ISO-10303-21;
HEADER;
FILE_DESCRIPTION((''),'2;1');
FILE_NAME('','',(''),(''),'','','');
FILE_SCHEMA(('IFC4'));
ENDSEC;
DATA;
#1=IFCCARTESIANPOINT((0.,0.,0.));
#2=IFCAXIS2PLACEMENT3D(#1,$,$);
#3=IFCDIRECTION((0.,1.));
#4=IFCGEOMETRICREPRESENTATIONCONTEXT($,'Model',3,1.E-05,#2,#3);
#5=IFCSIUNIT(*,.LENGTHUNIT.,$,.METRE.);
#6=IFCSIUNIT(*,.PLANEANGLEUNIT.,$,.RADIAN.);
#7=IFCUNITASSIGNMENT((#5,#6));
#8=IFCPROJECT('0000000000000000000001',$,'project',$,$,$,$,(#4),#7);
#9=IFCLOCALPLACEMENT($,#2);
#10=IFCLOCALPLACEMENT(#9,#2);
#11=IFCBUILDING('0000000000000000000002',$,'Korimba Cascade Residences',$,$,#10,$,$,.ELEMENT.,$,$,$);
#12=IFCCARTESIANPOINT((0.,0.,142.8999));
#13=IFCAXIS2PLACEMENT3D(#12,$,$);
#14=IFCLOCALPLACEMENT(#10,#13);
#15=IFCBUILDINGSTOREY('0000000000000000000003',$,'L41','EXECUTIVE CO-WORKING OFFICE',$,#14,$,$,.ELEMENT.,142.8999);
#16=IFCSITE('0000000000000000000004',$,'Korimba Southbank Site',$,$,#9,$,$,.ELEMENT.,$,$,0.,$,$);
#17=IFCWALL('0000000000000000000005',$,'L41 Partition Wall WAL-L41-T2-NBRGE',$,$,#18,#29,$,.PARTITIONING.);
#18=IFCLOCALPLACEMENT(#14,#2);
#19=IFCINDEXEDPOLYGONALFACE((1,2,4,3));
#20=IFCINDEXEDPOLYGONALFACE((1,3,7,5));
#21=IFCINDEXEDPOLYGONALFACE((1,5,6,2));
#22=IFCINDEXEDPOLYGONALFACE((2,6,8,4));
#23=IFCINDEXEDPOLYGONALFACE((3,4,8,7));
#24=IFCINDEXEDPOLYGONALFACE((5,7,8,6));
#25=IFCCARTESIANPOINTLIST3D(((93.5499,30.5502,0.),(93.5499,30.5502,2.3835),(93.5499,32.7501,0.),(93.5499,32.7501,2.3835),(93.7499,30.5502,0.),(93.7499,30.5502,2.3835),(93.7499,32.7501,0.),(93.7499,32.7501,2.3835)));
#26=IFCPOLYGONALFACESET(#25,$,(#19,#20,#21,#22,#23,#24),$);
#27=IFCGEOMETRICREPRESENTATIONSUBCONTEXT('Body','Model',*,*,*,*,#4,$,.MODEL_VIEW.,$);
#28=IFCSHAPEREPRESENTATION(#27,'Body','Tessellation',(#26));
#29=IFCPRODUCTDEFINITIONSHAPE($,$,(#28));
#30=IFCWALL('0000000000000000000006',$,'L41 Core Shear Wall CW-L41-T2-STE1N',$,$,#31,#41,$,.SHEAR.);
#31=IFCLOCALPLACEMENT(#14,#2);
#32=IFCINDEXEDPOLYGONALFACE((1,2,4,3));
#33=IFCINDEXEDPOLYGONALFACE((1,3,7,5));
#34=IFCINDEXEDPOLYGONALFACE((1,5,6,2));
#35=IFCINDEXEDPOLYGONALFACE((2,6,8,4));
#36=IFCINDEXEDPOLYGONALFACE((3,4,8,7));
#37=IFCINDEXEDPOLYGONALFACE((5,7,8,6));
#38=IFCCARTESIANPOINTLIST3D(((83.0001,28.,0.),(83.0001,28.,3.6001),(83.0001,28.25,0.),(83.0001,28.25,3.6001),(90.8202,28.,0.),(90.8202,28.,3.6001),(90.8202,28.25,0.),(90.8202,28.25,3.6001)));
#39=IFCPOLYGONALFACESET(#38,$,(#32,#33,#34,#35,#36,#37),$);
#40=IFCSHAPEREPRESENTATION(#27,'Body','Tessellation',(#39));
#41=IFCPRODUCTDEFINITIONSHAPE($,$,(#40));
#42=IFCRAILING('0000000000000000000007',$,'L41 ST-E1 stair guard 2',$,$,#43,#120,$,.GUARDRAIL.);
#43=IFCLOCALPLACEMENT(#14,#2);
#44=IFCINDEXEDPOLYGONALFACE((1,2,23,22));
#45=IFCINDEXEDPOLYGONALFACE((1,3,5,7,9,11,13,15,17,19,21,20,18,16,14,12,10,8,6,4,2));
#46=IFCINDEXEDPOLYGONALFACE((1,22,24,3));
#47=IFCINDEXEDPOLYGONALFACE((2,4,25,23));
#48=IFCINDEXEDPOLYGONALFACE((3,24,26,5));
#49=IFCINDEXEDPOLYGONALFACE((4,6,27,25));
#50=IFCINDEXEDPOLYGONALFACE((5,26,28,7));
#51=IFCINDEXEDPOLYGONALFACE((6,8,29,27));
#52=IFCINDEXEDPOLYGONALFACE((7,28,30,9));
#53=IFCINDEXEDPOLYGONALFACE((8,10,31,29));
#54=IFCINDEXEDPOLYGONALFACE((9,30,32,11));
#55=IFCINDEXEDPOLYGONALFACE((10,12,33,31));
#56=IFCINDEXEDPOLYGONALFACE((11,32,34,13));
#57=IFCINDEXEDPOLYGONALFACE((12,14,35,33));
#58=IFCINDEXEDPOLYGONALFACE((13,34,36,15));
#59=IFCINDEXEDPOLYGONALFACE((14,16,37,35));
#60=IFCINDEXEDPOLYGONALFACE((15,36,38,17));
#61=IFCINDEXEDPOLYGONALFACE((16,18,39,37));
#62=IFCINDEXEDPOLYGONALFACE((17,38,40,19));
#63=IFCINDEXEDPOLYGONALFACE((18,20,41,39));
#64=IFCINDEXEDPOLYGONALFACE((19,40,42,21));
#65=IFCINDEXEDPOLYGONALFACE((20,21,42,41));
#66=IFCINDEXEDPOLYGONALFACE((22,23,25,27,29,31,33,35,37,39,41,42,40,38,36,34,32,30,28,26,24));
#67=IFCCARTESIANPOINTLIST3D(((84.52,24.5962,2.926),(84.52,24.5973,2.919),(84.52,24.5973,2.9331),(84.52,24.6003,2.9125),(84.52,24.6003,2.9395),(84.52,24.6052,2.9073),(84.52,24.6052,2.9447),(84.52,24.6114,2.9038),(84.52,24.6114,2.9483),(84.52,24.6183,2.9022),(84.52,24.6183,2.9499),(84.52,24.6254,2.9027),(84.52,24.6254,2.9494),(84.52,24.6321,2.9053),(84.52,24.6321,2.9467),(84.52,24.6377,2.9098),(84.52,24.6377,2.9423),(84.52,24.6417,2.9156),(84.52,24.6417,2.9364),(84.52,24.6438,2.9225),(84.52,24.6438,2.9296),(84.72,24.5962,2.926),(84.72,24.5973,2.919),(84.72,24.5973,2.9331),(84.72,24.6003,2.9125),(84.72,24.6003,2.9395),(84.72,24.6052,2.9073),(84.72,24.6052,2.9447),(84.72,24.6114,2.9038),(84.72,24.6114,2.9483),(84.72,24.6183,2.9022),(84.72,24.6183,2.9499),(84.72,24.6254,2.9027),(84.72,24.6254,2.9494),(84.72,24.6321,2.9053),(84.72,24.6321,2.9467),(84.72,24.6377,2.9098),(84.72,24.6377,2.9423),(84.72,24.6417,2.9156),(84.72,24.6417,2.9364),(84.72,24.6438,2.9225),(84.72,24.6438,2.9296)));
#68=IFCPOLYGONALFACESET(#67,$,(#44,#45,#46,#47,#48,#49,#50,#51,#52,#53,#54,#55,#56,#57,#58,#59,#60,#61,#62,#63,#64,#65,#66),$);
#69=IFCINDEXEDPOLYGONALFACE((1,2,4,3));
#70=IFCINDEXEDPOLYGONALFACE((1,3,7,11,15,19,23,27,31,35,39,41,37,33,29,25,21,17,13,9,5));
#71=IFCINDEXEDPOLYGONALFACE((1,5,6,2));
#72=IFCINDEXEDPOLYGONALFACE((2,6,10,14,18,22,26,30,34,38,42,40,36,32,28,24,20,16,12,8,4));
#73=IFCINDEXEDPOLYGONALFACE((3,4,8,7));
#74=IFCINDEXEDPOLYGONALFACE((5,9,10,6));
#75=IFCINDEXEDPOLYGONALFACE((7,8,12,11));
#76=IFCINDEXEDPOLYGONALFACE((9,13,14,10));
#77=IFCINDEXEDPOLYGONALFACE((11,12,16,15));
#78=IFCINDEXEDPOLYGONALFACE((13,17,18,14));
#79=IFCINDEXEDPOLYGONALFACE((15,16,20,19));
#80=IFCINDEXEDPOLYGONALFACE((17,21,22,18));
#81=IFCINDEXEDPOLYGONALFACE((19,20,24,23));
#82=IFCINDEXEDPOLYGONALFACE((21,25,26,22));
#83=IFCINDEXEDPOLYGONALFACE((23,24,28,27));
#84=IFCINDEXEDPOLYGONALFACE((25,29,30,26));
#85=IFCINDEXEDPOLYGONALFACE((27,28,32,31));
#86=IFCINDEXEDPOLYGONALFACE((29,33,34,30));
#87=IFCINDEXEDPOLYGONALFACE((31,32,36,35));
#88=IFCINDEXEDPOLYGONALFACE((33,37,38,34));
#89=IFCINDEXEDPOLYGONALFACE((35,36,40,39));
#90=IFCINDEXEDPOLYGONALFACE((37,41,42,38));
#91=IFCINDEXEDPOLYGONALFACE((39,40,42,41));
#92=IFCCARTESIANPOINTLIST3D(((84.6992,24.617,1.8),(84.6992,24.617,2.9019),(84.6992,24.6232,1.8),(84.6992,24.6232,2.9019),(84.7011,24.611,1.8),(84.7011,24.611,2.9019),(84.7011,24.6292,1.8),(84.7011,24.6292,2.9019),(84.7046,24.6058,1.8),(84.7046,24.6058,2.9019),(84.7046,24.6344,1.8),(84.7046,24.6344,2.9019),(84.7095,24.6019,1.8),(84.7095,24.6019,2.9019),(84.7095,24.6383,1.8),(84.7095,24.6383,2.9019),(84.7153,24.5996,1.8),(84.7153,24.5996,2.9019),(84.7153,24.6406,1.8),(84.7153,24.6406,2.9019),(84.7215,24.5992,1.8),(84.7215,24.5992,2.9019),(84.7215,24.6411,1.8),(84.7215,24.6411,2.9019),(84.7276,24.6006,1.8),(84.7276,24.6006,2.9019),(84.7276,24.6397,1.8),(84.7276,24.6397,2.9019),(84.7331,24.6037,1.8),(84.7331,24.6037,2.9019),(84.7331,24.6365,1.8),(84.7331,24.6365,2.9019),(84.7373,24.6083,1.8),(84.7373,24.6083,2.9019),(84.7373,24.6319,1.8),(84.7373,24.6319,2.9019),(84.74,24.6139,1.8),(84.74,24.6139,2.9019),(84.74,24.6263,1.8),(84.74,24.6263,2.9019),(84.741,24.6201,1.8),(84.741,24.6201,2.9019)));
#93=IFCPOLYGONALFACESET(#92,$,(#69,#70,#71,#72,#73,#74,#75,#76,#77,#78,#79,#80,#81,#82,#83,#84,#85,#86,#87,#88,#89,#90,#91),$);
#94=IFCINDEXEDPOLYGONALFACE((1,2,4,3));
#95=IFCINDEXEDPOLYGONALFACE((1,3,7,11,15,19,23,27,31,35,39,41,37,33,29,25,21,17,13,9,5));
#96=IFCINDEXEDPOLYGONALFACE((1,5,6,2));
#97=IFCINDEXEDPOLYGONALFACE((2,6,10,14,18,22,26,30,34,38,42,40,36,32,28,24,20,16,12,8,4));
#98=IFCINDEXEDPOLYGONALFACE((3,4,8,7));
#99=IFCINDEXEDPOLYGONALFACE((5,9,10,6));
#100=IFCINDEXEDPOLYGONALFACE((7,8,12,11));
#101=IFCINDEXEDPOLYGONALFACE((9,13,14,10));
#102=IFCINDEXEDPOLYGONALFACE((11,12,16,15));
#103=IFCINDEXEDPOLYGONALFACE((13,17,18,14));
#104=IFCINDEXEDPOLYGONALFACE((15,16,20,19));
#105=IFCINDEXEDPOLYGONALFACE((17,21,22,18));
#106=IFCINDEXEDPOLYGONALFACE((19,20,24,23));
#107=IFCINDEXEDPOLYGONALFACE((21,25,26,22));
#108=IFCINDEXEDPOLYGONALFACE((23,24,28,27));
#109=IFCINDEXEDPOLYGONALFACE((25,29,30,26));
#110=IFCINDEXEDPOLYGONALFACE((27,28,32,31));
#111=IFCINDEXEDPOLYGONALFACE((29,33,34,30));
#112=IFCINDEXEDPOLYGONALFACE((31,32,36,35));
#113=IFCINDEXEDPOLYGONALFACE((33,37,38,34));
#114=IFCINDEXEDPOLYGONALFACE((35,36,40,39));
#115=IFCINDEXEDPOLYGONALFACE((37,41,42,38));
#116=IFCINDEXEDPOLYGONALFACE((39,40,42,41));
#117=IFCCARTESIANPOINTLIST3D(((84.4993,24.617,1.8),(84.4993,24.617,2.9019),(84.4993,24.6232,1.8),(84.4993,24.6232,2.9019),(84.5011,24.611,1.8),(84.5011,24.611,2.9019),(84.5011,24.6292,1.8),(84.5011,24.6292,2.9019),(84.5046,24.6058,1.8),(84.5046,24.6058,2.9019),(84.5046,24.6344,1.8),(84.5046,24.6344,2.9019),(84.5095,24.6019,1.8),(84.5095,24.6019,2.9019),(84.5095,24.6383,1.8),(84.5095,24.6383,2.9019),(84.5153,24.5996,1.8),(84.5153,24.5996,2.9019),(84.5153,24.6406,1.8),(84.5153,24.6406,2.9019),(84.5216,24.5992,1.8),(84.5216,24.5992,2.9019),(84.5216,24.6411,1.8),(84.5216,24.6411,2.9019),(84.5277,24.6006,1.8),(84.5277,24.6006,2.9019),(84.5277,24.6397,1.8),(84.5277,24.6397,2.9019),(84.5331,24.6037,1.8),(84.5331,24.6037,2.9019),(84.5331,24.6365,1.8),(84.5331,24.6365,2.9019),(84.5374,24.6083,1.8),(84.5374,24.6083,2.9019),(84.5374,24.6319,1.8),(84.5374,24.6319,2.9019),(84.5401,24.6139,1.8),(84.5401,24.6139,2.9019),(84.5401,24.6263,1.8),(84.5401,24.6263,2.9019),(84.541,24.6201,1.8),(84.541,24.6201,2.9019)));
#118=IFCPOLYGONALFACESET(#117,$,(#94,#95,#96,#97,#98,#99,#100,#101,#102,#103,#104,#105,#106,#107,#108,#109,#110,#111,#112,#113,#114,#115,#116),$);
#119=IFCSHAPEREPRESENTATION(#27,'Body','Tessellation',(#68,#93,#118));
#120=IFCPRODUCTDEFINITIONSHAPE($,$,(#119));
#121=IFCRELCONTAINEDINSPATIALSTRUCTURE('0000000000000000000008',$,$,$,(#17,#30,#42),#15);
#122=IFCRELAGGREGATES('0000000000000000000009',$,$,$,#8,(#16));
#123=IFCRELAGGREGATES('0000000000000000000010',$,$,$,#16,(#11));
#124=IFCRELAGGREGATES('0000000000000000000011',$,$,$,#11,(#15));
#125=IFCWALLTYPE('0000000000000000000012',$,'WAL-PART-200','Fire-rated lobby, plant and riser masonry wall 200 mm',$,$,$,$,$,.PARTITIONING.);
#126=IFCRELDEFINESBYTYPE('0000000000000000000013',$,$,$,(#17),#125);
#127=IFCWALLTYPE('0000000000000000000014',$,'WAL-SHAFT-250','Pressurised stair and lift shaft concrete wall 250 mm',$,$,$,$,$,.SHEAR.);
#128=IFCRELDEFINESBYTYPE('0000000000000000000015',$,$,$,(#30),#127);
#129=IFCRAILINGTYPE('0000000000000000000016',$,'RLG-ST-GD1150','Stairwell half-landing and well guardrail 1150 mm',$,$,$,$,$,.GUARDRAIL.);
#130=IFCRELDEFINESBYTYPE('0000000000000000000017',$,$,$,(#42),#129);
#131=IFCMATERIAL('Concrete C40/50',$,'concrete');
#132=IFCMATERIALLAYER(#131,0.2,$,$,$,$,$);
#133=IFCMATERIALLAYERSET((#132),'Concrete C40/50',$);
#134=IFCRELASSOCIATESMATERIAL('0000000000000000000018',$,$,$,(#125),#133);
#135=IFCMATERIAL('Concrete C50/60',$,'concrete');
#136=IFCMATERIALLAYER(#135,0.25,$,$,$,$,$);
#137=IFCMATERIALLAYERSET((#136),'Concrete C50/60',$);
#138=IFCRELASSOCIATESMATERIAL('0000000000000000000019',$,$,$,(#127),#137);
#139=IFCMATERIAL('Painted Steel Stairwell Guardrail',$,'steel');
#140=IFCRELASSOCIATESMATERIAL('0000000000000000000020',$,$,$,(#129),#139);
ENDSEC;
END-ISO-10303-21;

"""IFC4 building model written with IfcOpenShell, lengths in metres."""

from ifc_helpers import new_model, si_unit, direction, frame, frame_2d, origin, origin_2d, place, context, subcontext, project, spatial, rectangle, circle, extrude, material, layer, layer_set, type_object, element, save


model = new_model("IFC4")

# Units and contexts
model_context = context("Model", 3, precision=1e-05, world=origin(), true_north=direction((0.0, 1.0)))
body_context = subcontext(model_context, "Body", "Model", "MODEL_VIEW")
ifc_project = project(units=[si_unit("LENGTHUNIT", "METRE"), si_unit("PLANEANGLEUNIT", "RADIAN")], contexts=[model_context])

# Site, building, storey
site_placement = place(None, origin())
site = spatial("IfcSite", under=ifc_project, at=site_placement, Name="Korimba Southbank Site", CompositionType="ELEMENT", RefElevation=0.0)
building_placement = place(site_placement, origin())
building = spatial("IfcBuilding", under=site, at=building_placement, Name="Korimba Cascade Residences", CompositionType="ELEMENT")
storey_placement = place(building_placement, frame((0.0, 0.0, 142.8999)))
storey = spatial("IfcBuildingStorey", under=building, at=storey_placement, Name="L41", Description="EXECUTIVE CO-WORKING OFFICE", CompositionType="ELEMENT", Elevation=142.8999)

# Shared definitions
ifc_material_1 = material(Name="Concrete C40/50", Category="concrete")
ifc_layer_1 = layer(ifc_material_1, 0.2)
ifc_layer_set_1 = layer_set([ifc_layer_1], Name="Concrete C40/50")
wall_type_1 = type_object("IfcWallType", Name="WAL-PART-200", Description="Fire-rated lobby, plant and riser masonry wall 200 mm", PredefinedType="PARTITIONING", material=ifc_layer_set_1)

# Walls
wall_1_placement = place(storey_placement, frame((93.6499, 30.55, 0.0), z_axis=(0.0, 0.0, 1.0), x_axis=(0.0, 1.0, 0.0)))
element("IfcWall", 1, at=wall_1_placement, inside=storey, type_object=wall_type_1, Name="L41 Partition Wall WAL-L41-T2-NBRGE", PredefinedType="PARTITIONING", context=body_context, shape_type="SweptSolid", body=[
    extrude(rectangle(XDim=2.2, YDim=0.2, at=frame_2d((1.1001, 0.0))), origin(), (0.0, 0.0, 1.0), 2.3835),
])
ifc_material_2 = material(Name="Concrete C50/60", Category="concrete")
ifc_layer_2 = layer(ifc_material_2, 0.25)
ifc_layer_set_2 = layer_set([ifc_layer_2], Name="Concrete C50/60")
wall_type_2 = type_object("IfcWallType", Name="WAL-SHAFT-250", Description="Pressurised stair and lift shaft concrete wall 250 mm", PredefinedType="SHEAR", material=ifc_layer_set_2)
wall_2_placement = place(storey_placement, frame((83.0, 28.125, 0.0), z_axis=(0.0, 0.0, 1.0), x_axis=(1.0, 0.0, 0.0)))
element("IfcWall", 2, at=wall_2_placement, inside=storey, type_object=wall_type_2, Name="L41 Core Shear Wall CW-L41-T2-STE1N", PredefinedType="SHEAR", context=body_context, shape_type="SweptSolid", body=[
    extrude(rectangle(XDim=7.8201, YDim=0.25, at=frame_2d((3.9102, 0.0))), origin(), (0.0, 0.0, 1.0), 3.6001),
])

# Railing
ifc_material_3 = material(Name="Painted Steel Stairwell Guardrail", Category="steel")
railing_type = type_object("IfcRailingType", Name="RLG-ST-GD1150", Description="Stairwell half-landing and well guardrail 1150 mm", PredefinedType="GUARDRAIL", material=ifc_material_3)
railing_1_placement = place(storey_placement, frame((84.72, 24.6201, 1.8)))
element("IfcRailing", 3, at=railing_1_placement, inside=storey, type_object=railing_type, Name="L41 ST-E1 stair guard 2", PredefinedType="GUARDRAIL", context=body_context, shape_type="SweptSolid", body=[
    extrude(circle(Radius=0.0239, at=origin_2d()), frame((0.0, 0.0, 1.126), z_axis=(-1.0, 0.0, 0.0), x_axis=(0.0, -1.0, 0.0)), (0.0, 0.0, 1.0), 0.2),
    extrude(circle(Radius=0.021, at=origin_2d()), origin(), (0.0, 0.0, 1.0), 1.1018),
    extrude(circle(Radius=0.021, at=origin_2d()), frame((-0.2, 0.0, 0.0)), (0.0, 0.0, 1.0), 1.1018),
])

save(model, "model.ifc")
